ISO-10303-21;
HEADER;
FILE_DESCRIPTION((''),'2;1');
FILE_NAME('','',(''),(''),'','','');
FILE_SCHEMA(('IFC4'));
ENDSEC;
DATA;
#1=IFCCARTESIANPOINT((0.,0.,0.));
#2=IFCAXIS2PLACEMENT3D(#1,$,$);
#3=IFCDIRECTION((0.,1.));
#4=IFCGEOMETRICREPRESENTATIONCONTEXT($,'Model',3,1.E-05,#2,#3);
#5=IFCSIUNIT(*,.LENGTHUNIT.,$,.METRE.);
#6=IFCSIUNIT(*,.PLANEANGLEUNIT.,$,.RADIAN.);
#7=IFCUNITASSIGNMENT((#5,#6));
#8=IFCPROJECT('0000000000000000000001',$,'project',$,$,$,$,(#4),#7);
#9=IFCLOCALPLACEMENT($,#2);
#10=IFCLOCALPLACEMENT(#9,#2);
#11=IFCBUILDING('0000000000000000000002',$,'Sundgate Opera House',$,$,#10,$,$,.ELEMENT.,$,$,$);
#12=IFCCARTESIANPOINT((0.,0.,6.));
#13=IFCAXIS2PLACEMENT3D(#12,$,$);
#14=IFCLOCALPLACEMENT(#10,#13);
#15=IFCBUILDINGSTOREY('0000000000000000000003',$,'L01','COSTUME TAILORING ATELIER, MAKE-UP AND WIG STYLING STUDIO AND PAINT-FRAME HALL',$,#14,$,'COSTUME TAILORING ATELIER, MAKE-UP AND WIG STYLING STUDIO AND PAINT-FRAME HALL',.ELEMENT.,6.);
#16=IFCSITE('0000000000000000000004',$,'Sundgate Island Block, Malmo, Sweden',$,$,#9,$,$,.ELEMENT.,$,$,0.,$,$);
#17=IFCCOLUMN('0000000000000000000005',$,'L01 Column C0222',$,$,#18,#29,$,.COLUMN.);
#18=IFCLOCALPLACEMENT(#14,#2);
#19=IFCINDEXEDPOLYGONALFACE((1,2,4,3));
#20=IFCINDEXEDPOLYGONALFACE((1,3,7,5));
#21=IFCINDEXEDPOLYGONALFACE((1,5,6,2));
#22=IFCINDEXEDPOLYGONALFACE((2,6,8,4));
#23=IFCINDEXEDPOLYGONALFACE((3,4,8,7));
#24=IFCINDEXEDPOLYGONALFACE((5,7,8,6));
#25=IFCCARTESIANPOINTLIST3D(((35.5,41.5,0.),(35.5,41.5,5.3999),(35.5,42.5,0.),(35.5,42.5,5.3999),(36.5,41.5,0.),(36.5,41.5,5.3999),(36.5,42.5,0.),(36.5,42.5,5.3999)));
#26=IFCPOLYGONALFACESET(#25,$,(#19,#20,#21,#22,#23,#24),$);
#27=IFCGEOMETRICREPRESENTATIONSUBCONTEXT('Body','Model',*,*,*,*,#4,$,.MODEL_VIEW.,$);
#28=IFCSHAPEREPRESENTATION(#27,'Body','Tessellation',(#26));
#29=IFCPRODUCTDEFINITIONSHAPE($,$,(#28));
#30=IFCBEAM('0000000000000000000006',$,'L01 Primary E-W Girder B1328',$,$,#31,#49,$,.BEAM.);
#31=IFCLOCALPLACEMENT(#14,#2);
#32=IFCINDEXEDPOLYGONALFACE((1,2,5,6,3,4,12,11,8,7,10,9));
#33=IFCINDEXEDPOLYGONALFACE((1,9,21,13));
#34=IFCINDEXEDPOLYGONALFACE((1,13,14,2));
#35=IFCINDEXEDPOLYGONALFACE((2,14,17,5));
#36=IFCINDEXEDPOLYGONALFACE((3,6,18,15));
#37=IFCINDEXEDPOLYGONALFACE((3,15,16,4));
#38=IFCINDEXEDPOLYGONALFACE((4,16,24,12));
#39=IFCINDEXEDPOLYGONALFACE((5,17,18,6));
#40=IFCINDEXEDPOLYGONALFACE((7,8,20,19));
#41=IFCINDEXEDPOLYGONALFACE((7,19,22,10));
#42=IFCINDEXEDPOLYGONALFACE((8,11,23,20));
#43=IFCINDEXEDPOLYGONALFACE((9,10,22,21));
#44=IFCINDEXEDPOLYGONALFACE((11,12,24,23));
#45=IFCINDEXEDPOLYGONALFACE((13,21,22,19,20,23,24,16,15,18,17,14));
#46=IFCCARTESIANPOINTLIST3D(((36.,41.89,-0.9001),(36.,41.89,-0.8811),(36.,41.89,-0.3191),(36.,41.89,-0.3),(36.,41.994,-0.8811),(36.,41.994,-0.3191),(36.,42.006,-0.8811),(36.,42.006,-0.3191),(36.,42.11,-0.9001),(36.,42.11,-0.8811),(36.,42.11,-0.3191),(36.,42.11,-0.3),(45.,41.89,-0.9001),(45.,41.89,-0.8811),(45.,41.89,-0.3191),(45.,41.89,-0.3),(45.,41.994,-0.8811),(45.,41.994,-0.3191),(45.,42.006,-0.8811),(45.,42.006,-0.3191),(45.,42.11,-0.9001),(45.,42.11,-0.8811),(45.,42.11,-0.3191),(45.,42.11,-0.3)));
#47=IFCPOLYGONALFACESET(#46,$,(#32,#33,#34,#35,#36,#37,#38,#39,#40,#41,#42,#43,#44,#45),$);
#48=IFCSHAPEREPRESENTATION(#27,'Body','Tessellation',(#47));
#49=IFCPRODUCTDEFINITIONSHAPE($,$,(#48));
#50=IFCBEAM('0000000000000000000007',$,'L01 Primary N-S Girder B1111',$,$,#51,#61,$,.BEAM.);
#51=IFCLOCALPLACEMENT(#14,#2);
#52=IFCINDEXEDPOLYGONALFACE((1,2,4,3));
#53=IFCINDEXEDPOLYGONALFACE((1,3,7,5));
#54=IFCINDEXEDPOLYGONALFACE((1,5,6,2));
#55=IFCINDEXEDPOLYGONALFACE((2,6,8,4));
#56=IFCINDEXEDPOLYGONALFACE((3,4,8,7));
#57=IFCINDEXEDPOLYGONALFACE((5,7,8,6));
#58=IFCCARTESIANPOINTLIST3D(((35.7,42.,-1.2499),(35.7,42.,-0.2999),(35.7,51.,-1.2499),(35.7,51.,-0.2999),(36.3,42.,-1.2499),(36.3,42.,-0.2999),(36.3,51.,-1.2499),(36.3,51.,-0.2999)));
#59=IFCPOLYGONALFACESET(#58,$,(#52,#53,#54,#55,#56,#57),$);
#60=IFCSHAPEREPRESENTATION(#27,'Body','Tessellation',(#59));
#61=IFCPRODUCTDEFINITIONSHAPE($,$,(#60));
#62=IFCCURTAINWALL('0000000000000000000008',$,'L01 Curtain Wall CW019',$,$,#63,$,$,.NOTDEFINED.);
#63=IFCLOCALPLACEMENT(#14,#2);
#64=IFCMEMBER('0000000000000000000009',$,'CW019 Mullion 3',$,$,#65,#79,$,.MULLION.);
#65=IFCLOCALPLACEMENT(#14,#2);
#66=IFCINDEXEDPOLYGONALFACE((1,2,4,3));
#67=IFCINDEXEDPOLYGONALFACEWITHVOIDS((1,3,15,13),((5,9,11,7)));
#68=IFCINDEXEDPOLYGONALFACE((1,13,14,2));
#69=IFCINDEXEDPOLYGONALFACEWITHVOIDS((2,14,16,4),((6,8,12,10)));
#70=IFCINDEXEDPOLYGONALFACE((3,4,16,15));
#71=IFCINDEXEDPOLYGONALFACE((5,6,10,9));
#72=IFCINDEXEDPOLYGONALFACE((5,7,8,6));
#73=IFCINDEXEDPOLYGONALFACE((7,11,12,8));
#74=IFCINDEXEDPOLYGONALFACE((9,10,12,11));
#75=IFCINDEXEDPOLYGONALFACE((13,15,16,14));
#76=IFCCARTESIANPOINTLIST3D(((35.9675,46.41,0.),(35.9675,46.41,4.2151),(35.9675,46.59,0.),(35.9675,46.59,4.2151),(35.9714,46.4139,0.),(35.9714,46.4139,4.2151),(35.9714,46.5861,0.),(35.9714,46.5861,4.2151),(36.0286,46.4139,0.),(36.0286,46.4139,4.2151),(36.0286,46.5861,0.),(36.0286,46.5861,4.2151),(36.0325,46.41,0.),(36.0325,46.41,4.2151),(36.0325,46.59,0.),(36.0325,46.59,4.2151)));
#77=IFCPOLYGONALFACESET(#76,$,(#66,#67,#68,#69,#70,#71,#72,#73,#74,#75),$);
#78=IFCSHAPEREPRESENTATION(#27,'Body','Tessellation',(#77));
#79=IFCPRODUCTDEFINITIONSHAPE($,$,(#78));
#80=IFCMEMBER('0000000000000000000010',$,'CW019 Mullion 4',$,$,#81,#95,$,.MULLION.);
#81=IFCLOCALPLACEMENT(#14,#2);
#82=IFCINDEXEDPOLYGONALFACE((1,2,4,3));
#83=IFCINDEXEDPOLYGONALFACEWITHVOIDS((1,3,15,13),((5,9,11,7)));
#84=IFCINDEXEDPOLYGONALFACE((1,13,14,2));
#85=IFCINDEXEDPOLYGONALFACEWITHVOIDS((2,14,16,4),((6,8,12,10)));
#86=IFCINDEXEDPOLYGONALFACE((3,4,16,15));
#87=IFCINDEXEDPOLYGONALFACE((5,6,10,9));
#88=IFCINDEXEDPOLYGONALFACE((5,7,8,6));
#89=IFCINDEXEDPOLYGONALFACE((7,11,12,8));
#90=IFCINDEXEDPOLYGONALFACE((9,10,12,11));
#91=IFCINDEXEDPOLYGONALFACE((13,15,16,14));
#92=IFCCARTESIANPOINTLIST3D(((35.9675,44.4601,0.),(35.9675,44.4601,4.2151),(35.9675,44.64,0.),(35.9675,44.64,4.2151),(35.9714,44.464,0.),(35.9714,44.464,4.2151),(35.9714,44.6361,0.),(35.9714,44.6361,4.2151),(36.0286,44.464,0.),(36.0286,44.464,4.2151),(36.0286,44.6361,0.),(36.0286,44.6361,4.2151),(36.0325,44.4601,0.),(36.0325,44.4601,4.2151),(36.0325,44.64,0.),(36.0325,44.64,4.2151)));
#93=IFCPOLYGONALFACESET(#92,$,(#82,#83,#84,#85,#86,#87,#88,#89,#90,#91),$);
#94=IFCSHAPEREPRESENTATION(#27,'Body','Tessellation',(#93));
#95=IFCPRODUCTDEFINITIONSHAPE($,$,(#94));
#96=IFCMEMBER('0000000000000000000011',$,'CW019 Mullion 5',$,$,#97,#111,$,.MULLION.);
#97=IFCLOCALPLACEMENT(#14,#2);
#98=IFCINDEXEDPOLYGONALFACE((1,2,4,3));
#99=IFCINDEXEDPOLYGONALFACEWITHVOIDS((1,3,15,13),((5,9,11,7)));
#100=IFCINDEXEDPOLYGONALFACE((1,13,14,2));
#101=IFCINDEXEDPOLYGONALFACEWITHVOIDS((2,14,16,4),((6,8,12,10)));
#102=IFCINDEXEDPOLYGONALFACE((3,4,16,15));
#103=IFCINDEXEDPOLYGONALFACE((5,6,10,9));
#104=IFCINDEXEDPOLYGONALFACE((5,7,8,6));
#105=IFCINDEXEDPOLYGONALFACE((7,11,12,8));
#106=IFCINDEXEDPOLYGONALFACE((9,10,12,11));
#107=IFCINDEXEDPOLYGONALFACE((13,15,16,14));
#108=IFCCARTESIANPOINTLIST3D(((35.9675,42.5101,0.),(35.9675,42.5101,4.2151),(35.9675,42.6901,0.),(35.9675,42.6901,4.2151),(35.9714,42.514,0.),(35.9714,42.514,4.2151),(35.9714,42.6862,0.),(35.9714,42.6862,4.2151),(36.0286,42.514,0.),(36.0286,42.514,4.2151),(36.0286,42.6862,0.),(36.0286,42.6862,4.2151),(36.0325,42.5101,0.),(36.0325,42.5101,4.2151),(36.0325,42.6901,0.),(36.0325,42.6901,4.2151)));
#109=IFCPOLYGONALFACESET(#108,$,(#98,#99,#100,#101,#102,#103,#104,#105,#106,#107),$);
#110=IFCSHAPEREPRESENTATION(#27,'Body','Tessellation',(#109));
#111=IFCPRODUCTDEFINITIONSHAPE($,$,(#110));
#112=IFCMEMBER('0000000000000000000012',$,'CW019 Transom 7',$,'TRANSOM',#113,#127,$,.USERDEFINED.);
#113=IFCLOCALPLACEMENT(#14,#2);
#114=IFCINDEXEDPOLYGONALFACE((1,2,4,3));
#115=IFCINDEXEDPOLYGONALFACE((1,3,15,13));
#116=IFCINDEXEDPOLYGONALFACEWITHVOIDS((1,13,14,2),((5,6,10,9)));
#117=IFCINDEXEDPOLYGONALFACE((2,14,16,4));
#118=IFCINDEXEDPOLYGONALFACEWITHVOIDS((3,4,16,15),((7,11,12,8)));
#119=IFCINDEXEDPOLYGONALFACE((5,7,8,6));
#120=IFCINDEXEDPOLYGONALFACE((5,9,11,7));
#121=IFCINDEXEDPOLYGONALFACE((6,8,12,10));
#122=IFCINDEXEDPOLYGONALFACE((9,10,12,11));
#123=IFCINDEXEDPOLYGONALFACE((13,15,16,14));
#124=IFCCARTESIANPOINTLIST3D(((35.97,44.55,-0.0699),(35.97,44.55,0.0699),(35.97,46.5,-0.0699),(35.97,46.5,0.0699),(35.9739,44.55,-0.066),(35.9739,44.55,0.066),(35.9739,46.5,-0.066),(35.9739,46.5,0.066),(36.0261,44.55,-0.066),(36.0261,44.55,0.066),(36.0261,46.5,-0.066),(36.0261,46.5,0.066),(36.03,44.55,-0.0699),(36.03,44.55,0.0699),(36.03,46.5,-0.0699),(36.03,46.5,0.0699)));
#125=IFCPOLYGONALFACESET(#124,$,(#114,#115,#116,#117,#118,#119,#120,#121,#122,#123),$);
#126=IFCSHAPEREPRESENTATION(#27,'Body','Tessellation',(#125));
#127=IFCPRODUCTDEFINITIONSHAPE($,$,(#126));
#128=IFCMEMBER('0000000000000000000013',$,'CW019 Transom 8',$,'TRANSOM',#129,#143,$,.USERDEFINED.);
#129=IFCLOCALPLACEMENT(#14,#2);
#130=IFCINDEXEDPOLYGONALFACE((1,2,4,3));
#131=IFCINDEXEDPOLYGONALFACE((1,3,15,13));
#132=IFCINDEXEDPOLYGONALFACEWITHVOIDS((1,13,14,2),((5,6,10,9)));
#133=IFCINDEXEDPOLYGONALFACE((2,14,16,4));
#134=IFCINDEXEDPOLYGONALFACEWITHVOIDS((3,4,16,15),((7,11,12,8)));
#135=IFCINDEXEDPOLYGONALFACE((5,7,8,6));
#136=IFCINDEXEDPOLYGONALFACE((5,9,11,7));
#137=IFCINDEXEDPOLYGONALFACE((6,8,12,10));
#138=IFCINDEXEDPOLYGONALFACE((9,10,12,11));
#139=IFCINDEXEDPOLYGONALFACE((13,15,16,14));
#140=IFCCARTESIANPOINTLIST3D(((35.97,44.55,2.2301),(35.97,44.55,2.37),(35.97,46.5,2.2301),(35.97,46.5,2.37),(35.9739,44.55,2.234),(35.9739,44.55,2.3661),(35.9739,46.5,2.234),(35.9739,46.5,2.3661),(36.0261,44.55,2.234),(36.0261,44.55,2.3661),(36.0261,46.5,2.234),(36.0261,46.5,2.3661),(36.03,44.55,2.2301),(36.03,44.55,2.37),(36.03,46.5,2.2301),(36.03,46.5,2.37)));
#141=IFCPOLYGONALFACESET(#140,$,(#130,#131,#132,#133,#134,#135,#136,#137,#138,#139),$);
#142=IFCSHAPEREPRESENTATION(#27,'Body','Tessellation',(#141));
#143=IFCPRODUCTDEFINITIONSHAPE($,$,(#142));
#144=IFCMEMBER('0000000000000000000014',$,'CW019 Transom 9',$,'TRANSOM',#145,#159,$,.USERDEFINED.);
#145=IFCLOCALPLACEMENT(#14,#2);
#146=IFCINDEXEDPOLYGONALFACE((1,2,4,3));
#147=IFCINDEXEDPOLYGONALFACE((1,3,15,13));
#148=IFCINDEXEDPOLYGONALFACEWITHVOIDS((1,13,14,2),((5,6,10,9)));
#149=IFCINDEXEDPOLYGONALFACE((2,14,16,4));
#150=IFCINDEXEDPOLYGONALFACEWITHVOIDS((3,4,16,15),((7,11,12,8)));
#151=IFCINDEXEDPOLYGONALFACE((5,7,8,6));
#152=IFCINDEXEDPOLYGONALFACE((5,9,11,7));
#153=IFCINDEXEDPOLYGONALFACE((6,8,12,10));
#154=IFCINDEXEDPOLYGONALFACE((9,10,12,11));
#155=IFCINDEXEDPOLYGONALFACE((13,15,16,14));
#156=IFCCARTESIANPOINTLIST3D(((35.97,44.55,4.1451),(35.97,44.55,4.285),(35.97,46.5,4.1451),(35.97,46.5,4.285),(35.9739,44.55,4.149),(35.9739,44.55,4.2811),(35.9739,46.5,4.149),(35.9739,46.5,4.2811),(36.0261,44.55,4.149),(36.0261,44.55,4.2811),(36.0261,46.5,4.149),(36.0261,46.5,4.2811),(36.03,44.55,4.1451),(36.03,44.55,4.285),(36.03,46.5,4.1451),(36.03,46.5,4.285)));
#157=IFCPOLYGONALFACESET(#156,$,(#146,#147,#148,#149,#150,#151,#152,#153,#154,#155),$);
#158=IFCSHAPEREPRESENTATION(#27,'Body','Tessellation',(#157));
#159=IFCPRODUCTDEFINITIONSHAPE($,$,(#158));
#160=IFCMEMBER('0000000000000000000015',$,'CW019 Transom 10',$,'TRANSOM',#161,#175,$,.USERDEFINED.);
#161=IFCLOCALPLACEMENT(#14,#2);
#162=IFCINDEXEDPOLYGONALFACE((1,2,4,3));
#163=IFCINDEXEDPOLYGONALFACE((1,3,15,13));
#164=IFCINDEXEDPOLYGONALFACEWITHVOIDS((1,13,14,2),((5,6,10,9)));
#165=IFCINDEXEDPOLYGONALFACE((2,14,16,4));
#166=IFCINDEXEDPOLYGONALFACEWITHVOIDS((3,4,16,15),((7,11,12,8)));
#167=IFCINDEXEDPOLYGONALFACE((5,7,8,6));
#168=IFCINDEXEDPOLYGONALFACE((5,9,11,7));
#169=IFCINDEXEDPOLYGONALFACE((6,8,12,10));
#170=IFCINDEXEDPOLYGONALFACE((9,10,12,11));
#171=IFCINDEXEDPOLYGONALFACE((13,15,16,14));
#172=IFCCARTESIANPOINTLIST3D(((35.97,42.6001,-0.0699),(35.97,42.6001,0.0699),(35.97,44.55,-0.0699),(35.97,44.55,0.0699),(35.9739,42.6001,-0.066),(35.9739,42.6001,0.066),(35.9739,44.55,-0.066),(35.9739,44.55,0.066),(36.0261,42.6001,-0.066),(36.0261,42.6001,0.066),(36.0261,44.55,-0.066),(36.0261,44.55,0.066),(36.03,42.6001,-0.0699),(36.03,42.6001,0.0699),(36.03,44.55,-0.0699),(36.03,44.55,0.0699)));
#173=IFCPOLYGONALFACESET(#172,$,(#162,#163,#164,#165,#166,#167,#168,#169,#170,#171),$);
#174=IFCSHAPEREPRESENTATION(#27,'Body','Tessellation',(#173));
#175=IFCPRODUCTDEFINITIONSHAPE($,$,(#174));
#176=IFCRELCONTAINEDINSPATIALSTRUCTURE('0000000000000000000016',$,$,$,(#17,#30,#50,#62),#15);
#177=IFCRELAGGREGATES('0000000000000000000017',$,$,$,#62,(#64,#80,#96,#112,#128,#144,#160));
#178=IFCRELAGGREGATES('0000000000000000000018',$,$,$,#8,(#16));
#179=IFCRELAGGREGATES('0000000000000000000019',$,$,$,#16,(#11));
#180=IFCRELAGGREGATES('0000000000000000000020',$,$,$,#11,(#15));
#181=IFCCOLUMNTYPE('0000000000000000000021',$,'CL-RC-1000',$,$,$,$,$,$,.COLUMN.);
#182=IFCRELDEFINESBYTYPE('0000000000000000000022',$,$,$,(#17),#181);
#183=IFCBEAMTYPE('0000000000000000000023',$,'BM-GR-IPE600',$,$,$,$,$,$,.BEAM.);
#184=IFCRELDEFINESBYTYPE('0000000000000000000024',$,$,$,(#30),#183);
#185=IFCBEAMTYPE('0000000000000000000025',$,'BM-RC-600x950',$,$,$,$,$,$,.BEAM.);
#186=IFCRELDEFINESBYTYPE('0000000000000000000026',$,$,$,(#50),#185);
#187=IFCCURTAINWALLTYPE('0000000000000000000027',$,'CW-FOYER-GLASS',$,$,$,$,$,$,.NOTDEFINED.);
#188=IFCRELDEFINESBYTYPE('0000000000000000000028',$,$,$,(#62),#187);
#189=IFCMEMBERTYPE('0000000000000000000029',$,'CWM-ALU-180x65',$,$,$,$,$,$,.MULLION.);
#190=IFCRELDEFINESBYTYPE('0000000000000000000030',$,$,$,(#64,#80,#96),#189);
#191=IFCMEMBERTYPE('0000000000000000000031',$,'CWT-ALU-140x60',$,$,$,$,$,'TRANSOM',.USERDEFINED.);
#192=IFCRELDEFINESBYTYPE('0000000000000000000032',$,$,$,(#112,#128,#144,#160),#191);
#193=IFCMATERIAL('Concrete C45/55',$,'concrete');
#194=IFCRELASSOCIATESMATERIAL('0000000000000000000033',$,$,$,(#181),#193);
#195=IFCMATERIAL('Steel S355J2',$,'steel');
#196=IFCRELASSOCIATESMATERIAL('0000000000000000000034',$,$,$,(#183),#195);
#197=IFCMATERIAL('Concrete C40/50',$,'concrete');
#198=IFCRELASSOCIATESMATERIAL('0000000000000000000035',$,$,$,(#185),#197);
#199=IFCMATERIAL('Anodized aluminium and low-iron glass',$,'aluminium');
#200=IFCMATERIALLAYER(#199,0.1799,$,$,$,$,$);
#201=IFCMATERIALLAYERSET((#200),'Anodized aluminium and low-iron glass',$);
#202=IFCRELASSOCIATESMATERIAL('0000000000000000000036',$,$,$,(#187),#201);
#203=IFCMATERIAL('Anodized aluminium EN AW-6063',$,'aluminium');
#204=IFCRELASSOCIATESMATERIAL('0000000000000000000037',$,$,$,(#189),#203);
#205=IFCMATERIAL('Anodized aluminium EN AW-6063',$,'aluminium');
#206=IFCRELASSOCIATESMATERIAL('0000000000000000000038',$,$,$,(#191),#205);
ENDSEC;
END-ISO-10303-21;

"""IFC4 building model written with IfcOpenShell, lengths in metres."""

from ifc_helpers import new_model, si_unit, direction, frame, origin, origin_2d, place, context, subcontext, project, spatial, rectangle, hollow_rectangle, i_section, extrude, material, layer, layer_set, material_profile, profile_set, type_object, element, aggregate, save


model = new_model("IFC4")

# Units and contexts
model_context = context("Model", 3, precision=1e-05, world=origin(), true_north=direction((0.0, 1.0)))
body_context = subcontext(model_context, "Body", "Model", "MODEL_VIEW")
ifc_project = project(units=[si_unit("LENGTHUNIT", "METRE"), si_unit("PLANEANGLEUNIT", "RADIAN")], contexts=[model_context])

# Site, building, storey
site_placement = place(None, origin())
site = spatial("IfcSite", under=ifc_project, at=site_placement, Name="Sundgate Island Block, Malmo, Sweden", CompositionType="ELEMENT", RefElevation=0.0)
building_placement = place(site_placement, origin())
building = spatial("IfcBuilding", under=site, at=building_placement, Name="Sundgate Opera House", CompositionType="ELEMENT")
storey_placement = place(building_placement, frame((0.0, 0.0, 6.0)))
storey = spatial("IfcBuildingStorey", under=building, at=storey_placement, Name="L01", Description="COSTUME TAILORING ATELIER, MAKE-UP AND WIG STYLING STUDIO AND PAINT-FRAME HALL", LongName="COSTUME TAILORING ATELIER, MAKE-UP AND WIG STYLING STUDIO AND PAINT-FRAME HALL", CompositionType="ELEMENT", Elevation=6.0)

# Column
ifc_material_1 = material(Name="Concrete C45/55", Category="concrete")
ifc_material_profile_1 = material_profile(ifc_material_1, rectangle(XDim=1.0, YDim=1.0, at=origin_2d()), Name="RC 1000x1000")
ifc_profile_set_1 = profile_set([ifc_material_profile_1], Name="Concrete C45/55")
column_type = type_object("IfcColumnType", Name="CL-RC-1000", PredefinedType="COLUMN", material=ifc_profile_set_1)
column_placement = place(storey_placement, frame((36.0, 42.0, 0.0), z_axis=(0.0, 0.0, 1.0), x_axis=(1.0, 0.0, 0.0)))
element("IfcColumn", 1, at=column_placement, inside=storey, type_object=column_type, Name="L01 Column C0222", PredefinedType="COLUMN", context=body_context, shape_type="SweptSolid", body=[
    extrude(rectangle(XDim=1.0, YDim=1.0, at=origin_2d()), origin(), (0.0, 0.0, 1.0), 5.3999),
])

# Beams
ifc_material_2 = material(Name="Steel S355J2", Category="steel")
ifc_material_profile_2 = material_profile(ifc_material_2, i_section(OverallWidth=0.22, OverallDepth=0.6001, WebThickness=0.012, FlangeThickness=0.019, at=origin_2d()), Name="IPE 600")
ifc_profile_set_2 = profile_set([ifc_material_profile_2], Name="Steel S355J2")
beam_type_1 = type_object("IfcBeamType", Name="BM-GR-IPE600", PredefinedType="BEAM", material=ifc_profile_set_2)
beam_1_placement = place(storey_placement, frame((36.0, 42.0, -0.6001), z_axis=(1.0, 0.0, 0.0), x_axis=(0.0, 1.0, 0.0)))
element("IfcBeam", 2, at=beam_1_placement, inside=storey, type_object=beam_type_1, Name="L01 Primary E-W Girder B1328", PredefinedType="BEAM", context=body_context, shape_type="SweptSolid", body=[
    extrude(i_section(OverallWidth=0.22, OverallDepth=0.6001, WebThickness=0.012, FlangeThickness=0.019, at=origin_2d()), origin(), (0.0, 0.0, 1.0), 9.0),
])
ifc_material_3 = material(Name="Concrete C40/50", Category="concrete")
ifc_material_profile_3 = material_profile(ifc_material_3, rectangle(XDim=0.6001, YDim=0.95, at=origin_2d()), Name="RC 600x950")
ifc_profile_set_3 = profile_set([ifc_material_profile_3], Name="Concrete C40/50")
beam_type_2 = type_object("IfcBeamType", Name="BM-RC-600x950", PredefinedType="BEAM", material=ifc_profile_set_3)
beam_2_placement = place(storey_placement, frame((36.0, 42.0, -0.7749), z_axis=(0.0, 1.0, 0.0), x_axis=(-1.0, 0.0, 0.0)))
element("IfcBeam", 3, at=beam_2_placement, inside=storey, type_object=beam_type_2, Name="L01 Primary N-S Girder B1111", PredefinedType="BEAM", context=body_context, shape_type="SweptSolid", body=[
    extrude(rectangle(XDim=0.6001, YDim=0.95, at=origin_2d()), origin(), (0.0, 0.0, 1.0), 9.0),
])

# Curtain wall, members
ifc_material_4 = material(Name="Anodized aluminium and low-iron glass", Category="aluminium")
ifc_layer_1 = layer(ifc_material_4, 0.1799)
ifc_layer_set_1 = layer_set([ifc_layer_1], Name="Anodized aluminium and low-iron glass")
curtain_wall_type = type_object("IfcCurtainWallType", Name="CW-FOYER-GLASS", PredefinedType="NOTDEFINED", material=ifc_layer_set_1)
curtain_wall_placement = place(storey_placement, origin())
curtain_wall = element("IfcCurtainWall", 4, at=curtain_wall_placement, inside=storey, type_object=curtain_wall_type, Name="L01 Curtain Wall CW019", PredefinedType="NOTDEFINED")
ifc_material_5 = material(Name="Anodized aluminium EN AW-6063", Category="aluminium")
ifc_material_profile_4 = material_profile(ifc_material_5, hollow_rectangle(XDim=0.0649, YDim=0.1799, WallThickness=0.0039, at=origin_2d()), Name="CWM 180x65x4")
ifc_profile_set_4 = profile_set([ifc_material_profile_4], Name="Anodized aluminium EN AW-6063")
member_type_1 = type_object("IfcMemberType", Name="CWM-ALU-180x65", PredefinedType="MULLION", material=ifc_profile_set_4)
member_1_placement = place(storey_placement, frame((36.0, 46.5, 0.0), z_axis=(0.0, 0.0, 1.0), x_axis=(1.0, 0.0, 0.0)))
member_1 = element("IfcMember", 5, at=member_1_placement, type_object=member_type_1, Name="CW019 Mullion 3", PredefinedType="MULLION", context=body_context, shape_type="SweptSolid", body=[
    extrude(hollow_rectangle(XDim=0.0649, YDim=0.1799, WallThickness=0.0039, at=origin_2d()), origin(), (0.0, 0.0, 1.0), 4.2151),
])
member_2_placement = place(storey_placement, frame((36.0, 44.55, 0.0), z_axis=(0.0, 0.0, 1.0), x_axis=(1.0, 0.0, 0.0)))
member_2 = element("IfcMember", 6, at=member_2_placement, type_object=member_type_1, Name="CW019 Mullion 4", PredefinedType="MULLION", context=body_context, shape_type="SweptSolid", body=[
    extrude(hollow_rectangle(XDim=0.0649, YDim=0.1799, WallThickness=0.0039, at=origin_2d()), origin(), (0.0, 0.0, 1.0), 4.2151),
])
member_3_placement = place(storey_placement, frame((36.0, 42.6001, 0.0), z_axis=(0.0, 0.0, 1.0), x_axis=(1.0, 0.0, 0.0)))
member_3 = element("IfcMember", 7, at=member_3_placement, type_object=member_type_1, Name="CW019 Mullion 5", PredefinedType="MULLION", context=body_context, shape_type="SweptSolid", body=[
    extrude(hollow_rectangle(XDim=0.0649, YDim=0.1799, WallThickness=0.0039, at=origin_2d()), origin(), (0.0, 0.0, 1.0), 4.2151),
])
ifc_material_6 = material(Name="Anodized aluminium EN AW-6063", Category="aluminium")
ifc_material_profile_5 = material_profile(ifc_material_6, hollow_rectangle(XDim=0.0601, YDim=0.1399, WallThickness=0.0039, at=origin_2d()), Name="CWT 140x60x4")
ifc_profile_set_5 = profile_set([ifc_material_profile_5], Name="Anodized aluminium EN AW-6063")
member_type_2 = type_object("IfcMemberType", Name="CWT-ALU-140x60", ElementType="TRANSOM", PredefinedType="USERDEFINED", material=ifc_profile_set_5)
member_4_placement = place(storey_placement, frame((36.0, 46.5, 0.0), z_axis=(0.0, -1.0, 0.0), x_axis=(1.0, 0.0, 0.0)))
member_4 = element("IfcMember", 8, at=member_4_placement, type_object=member_type_2, Name="CW019 Transom 7", ObjectType="TRANSOM", PredefinedType="USERDEFINED", context=body_context, shape_type="SweptSolid", body=[
    extrude(hollow_rectangle(XDim=0.0601, YDim=0.1399, WallThickness=0.0039, at=origin_2d()), origin(), (0.0, 0.0, 1.0), 1.95),
])
member_5_placement = place(storey_placement, frame((36.0, 46.5, 2.3), z_axis=(0.0, -1.0, 0.0), x_axis=(1.0, 0.0, 0.0)))
member_5 = element("IfcMember", 9, at=member_5_placement, type_object=member_type_2, Name="CW019 Transom 8", ObjectType="TRANSOM", PredefinedType="USERDEFINED", context=body_context, shape_type="SweptSolid", body=[
    extrude(hollow_rectangle(XDim=0.0601, YDim=0.1399, WallThickness=0.0039, at=origin_2d()), origin(), (0.0, 0.0, 1.0), 1.95),
])
member_6_placement = place(storey_placement, frame((36.0, 46.5, 4.2151), z_axis=(0.0, -1.0, 0.0), x_axis=(1.0, 0.0, 0.0)))
member_6 = element("IfcMember", 10, at=member_6_placement, type_object=member_type_2, Name="CW019 Transom 9", ObjectType="TRANSOM", PredefinedType="USERDEFINED", context=body_context, shape_type="SweptSolid", body=[
    extrude(hollow_rectangle(XDim=0.0601, YDim=0.1399, WallThickness=0.0039, at=origin_2d()), origin(), (0.0, 0.0, 1.0), 1.95),
])
member_7_placement = place(storey_placement, frame((36.0, 44.55, 0.0), z_axis=(0.0, -1.0, 0.0), x_axis=(1.0, 0.0, 0.0)))
member_7 = element("IfcMember", 11, at=member_7_placement, type_object=member_type_2, Name="CW019 Transom 10", ObjectType="TRANSOM", PredefinedType="USERDEFINED", context=body_context, shape_type="SweptSolid", body=[
    extrude(hollow_rectangle(XDim=0.0601, YDim=0.1399, WallThickness=0.0039, at=origin_2d()), origin(), (0.0, 0.0, 1.0), 1.95),
])
aggregate(curtain_wall, [member_1, member_2, member_3, member_4, member_5, member_6, member_7])

save(model, "model.ifc")
